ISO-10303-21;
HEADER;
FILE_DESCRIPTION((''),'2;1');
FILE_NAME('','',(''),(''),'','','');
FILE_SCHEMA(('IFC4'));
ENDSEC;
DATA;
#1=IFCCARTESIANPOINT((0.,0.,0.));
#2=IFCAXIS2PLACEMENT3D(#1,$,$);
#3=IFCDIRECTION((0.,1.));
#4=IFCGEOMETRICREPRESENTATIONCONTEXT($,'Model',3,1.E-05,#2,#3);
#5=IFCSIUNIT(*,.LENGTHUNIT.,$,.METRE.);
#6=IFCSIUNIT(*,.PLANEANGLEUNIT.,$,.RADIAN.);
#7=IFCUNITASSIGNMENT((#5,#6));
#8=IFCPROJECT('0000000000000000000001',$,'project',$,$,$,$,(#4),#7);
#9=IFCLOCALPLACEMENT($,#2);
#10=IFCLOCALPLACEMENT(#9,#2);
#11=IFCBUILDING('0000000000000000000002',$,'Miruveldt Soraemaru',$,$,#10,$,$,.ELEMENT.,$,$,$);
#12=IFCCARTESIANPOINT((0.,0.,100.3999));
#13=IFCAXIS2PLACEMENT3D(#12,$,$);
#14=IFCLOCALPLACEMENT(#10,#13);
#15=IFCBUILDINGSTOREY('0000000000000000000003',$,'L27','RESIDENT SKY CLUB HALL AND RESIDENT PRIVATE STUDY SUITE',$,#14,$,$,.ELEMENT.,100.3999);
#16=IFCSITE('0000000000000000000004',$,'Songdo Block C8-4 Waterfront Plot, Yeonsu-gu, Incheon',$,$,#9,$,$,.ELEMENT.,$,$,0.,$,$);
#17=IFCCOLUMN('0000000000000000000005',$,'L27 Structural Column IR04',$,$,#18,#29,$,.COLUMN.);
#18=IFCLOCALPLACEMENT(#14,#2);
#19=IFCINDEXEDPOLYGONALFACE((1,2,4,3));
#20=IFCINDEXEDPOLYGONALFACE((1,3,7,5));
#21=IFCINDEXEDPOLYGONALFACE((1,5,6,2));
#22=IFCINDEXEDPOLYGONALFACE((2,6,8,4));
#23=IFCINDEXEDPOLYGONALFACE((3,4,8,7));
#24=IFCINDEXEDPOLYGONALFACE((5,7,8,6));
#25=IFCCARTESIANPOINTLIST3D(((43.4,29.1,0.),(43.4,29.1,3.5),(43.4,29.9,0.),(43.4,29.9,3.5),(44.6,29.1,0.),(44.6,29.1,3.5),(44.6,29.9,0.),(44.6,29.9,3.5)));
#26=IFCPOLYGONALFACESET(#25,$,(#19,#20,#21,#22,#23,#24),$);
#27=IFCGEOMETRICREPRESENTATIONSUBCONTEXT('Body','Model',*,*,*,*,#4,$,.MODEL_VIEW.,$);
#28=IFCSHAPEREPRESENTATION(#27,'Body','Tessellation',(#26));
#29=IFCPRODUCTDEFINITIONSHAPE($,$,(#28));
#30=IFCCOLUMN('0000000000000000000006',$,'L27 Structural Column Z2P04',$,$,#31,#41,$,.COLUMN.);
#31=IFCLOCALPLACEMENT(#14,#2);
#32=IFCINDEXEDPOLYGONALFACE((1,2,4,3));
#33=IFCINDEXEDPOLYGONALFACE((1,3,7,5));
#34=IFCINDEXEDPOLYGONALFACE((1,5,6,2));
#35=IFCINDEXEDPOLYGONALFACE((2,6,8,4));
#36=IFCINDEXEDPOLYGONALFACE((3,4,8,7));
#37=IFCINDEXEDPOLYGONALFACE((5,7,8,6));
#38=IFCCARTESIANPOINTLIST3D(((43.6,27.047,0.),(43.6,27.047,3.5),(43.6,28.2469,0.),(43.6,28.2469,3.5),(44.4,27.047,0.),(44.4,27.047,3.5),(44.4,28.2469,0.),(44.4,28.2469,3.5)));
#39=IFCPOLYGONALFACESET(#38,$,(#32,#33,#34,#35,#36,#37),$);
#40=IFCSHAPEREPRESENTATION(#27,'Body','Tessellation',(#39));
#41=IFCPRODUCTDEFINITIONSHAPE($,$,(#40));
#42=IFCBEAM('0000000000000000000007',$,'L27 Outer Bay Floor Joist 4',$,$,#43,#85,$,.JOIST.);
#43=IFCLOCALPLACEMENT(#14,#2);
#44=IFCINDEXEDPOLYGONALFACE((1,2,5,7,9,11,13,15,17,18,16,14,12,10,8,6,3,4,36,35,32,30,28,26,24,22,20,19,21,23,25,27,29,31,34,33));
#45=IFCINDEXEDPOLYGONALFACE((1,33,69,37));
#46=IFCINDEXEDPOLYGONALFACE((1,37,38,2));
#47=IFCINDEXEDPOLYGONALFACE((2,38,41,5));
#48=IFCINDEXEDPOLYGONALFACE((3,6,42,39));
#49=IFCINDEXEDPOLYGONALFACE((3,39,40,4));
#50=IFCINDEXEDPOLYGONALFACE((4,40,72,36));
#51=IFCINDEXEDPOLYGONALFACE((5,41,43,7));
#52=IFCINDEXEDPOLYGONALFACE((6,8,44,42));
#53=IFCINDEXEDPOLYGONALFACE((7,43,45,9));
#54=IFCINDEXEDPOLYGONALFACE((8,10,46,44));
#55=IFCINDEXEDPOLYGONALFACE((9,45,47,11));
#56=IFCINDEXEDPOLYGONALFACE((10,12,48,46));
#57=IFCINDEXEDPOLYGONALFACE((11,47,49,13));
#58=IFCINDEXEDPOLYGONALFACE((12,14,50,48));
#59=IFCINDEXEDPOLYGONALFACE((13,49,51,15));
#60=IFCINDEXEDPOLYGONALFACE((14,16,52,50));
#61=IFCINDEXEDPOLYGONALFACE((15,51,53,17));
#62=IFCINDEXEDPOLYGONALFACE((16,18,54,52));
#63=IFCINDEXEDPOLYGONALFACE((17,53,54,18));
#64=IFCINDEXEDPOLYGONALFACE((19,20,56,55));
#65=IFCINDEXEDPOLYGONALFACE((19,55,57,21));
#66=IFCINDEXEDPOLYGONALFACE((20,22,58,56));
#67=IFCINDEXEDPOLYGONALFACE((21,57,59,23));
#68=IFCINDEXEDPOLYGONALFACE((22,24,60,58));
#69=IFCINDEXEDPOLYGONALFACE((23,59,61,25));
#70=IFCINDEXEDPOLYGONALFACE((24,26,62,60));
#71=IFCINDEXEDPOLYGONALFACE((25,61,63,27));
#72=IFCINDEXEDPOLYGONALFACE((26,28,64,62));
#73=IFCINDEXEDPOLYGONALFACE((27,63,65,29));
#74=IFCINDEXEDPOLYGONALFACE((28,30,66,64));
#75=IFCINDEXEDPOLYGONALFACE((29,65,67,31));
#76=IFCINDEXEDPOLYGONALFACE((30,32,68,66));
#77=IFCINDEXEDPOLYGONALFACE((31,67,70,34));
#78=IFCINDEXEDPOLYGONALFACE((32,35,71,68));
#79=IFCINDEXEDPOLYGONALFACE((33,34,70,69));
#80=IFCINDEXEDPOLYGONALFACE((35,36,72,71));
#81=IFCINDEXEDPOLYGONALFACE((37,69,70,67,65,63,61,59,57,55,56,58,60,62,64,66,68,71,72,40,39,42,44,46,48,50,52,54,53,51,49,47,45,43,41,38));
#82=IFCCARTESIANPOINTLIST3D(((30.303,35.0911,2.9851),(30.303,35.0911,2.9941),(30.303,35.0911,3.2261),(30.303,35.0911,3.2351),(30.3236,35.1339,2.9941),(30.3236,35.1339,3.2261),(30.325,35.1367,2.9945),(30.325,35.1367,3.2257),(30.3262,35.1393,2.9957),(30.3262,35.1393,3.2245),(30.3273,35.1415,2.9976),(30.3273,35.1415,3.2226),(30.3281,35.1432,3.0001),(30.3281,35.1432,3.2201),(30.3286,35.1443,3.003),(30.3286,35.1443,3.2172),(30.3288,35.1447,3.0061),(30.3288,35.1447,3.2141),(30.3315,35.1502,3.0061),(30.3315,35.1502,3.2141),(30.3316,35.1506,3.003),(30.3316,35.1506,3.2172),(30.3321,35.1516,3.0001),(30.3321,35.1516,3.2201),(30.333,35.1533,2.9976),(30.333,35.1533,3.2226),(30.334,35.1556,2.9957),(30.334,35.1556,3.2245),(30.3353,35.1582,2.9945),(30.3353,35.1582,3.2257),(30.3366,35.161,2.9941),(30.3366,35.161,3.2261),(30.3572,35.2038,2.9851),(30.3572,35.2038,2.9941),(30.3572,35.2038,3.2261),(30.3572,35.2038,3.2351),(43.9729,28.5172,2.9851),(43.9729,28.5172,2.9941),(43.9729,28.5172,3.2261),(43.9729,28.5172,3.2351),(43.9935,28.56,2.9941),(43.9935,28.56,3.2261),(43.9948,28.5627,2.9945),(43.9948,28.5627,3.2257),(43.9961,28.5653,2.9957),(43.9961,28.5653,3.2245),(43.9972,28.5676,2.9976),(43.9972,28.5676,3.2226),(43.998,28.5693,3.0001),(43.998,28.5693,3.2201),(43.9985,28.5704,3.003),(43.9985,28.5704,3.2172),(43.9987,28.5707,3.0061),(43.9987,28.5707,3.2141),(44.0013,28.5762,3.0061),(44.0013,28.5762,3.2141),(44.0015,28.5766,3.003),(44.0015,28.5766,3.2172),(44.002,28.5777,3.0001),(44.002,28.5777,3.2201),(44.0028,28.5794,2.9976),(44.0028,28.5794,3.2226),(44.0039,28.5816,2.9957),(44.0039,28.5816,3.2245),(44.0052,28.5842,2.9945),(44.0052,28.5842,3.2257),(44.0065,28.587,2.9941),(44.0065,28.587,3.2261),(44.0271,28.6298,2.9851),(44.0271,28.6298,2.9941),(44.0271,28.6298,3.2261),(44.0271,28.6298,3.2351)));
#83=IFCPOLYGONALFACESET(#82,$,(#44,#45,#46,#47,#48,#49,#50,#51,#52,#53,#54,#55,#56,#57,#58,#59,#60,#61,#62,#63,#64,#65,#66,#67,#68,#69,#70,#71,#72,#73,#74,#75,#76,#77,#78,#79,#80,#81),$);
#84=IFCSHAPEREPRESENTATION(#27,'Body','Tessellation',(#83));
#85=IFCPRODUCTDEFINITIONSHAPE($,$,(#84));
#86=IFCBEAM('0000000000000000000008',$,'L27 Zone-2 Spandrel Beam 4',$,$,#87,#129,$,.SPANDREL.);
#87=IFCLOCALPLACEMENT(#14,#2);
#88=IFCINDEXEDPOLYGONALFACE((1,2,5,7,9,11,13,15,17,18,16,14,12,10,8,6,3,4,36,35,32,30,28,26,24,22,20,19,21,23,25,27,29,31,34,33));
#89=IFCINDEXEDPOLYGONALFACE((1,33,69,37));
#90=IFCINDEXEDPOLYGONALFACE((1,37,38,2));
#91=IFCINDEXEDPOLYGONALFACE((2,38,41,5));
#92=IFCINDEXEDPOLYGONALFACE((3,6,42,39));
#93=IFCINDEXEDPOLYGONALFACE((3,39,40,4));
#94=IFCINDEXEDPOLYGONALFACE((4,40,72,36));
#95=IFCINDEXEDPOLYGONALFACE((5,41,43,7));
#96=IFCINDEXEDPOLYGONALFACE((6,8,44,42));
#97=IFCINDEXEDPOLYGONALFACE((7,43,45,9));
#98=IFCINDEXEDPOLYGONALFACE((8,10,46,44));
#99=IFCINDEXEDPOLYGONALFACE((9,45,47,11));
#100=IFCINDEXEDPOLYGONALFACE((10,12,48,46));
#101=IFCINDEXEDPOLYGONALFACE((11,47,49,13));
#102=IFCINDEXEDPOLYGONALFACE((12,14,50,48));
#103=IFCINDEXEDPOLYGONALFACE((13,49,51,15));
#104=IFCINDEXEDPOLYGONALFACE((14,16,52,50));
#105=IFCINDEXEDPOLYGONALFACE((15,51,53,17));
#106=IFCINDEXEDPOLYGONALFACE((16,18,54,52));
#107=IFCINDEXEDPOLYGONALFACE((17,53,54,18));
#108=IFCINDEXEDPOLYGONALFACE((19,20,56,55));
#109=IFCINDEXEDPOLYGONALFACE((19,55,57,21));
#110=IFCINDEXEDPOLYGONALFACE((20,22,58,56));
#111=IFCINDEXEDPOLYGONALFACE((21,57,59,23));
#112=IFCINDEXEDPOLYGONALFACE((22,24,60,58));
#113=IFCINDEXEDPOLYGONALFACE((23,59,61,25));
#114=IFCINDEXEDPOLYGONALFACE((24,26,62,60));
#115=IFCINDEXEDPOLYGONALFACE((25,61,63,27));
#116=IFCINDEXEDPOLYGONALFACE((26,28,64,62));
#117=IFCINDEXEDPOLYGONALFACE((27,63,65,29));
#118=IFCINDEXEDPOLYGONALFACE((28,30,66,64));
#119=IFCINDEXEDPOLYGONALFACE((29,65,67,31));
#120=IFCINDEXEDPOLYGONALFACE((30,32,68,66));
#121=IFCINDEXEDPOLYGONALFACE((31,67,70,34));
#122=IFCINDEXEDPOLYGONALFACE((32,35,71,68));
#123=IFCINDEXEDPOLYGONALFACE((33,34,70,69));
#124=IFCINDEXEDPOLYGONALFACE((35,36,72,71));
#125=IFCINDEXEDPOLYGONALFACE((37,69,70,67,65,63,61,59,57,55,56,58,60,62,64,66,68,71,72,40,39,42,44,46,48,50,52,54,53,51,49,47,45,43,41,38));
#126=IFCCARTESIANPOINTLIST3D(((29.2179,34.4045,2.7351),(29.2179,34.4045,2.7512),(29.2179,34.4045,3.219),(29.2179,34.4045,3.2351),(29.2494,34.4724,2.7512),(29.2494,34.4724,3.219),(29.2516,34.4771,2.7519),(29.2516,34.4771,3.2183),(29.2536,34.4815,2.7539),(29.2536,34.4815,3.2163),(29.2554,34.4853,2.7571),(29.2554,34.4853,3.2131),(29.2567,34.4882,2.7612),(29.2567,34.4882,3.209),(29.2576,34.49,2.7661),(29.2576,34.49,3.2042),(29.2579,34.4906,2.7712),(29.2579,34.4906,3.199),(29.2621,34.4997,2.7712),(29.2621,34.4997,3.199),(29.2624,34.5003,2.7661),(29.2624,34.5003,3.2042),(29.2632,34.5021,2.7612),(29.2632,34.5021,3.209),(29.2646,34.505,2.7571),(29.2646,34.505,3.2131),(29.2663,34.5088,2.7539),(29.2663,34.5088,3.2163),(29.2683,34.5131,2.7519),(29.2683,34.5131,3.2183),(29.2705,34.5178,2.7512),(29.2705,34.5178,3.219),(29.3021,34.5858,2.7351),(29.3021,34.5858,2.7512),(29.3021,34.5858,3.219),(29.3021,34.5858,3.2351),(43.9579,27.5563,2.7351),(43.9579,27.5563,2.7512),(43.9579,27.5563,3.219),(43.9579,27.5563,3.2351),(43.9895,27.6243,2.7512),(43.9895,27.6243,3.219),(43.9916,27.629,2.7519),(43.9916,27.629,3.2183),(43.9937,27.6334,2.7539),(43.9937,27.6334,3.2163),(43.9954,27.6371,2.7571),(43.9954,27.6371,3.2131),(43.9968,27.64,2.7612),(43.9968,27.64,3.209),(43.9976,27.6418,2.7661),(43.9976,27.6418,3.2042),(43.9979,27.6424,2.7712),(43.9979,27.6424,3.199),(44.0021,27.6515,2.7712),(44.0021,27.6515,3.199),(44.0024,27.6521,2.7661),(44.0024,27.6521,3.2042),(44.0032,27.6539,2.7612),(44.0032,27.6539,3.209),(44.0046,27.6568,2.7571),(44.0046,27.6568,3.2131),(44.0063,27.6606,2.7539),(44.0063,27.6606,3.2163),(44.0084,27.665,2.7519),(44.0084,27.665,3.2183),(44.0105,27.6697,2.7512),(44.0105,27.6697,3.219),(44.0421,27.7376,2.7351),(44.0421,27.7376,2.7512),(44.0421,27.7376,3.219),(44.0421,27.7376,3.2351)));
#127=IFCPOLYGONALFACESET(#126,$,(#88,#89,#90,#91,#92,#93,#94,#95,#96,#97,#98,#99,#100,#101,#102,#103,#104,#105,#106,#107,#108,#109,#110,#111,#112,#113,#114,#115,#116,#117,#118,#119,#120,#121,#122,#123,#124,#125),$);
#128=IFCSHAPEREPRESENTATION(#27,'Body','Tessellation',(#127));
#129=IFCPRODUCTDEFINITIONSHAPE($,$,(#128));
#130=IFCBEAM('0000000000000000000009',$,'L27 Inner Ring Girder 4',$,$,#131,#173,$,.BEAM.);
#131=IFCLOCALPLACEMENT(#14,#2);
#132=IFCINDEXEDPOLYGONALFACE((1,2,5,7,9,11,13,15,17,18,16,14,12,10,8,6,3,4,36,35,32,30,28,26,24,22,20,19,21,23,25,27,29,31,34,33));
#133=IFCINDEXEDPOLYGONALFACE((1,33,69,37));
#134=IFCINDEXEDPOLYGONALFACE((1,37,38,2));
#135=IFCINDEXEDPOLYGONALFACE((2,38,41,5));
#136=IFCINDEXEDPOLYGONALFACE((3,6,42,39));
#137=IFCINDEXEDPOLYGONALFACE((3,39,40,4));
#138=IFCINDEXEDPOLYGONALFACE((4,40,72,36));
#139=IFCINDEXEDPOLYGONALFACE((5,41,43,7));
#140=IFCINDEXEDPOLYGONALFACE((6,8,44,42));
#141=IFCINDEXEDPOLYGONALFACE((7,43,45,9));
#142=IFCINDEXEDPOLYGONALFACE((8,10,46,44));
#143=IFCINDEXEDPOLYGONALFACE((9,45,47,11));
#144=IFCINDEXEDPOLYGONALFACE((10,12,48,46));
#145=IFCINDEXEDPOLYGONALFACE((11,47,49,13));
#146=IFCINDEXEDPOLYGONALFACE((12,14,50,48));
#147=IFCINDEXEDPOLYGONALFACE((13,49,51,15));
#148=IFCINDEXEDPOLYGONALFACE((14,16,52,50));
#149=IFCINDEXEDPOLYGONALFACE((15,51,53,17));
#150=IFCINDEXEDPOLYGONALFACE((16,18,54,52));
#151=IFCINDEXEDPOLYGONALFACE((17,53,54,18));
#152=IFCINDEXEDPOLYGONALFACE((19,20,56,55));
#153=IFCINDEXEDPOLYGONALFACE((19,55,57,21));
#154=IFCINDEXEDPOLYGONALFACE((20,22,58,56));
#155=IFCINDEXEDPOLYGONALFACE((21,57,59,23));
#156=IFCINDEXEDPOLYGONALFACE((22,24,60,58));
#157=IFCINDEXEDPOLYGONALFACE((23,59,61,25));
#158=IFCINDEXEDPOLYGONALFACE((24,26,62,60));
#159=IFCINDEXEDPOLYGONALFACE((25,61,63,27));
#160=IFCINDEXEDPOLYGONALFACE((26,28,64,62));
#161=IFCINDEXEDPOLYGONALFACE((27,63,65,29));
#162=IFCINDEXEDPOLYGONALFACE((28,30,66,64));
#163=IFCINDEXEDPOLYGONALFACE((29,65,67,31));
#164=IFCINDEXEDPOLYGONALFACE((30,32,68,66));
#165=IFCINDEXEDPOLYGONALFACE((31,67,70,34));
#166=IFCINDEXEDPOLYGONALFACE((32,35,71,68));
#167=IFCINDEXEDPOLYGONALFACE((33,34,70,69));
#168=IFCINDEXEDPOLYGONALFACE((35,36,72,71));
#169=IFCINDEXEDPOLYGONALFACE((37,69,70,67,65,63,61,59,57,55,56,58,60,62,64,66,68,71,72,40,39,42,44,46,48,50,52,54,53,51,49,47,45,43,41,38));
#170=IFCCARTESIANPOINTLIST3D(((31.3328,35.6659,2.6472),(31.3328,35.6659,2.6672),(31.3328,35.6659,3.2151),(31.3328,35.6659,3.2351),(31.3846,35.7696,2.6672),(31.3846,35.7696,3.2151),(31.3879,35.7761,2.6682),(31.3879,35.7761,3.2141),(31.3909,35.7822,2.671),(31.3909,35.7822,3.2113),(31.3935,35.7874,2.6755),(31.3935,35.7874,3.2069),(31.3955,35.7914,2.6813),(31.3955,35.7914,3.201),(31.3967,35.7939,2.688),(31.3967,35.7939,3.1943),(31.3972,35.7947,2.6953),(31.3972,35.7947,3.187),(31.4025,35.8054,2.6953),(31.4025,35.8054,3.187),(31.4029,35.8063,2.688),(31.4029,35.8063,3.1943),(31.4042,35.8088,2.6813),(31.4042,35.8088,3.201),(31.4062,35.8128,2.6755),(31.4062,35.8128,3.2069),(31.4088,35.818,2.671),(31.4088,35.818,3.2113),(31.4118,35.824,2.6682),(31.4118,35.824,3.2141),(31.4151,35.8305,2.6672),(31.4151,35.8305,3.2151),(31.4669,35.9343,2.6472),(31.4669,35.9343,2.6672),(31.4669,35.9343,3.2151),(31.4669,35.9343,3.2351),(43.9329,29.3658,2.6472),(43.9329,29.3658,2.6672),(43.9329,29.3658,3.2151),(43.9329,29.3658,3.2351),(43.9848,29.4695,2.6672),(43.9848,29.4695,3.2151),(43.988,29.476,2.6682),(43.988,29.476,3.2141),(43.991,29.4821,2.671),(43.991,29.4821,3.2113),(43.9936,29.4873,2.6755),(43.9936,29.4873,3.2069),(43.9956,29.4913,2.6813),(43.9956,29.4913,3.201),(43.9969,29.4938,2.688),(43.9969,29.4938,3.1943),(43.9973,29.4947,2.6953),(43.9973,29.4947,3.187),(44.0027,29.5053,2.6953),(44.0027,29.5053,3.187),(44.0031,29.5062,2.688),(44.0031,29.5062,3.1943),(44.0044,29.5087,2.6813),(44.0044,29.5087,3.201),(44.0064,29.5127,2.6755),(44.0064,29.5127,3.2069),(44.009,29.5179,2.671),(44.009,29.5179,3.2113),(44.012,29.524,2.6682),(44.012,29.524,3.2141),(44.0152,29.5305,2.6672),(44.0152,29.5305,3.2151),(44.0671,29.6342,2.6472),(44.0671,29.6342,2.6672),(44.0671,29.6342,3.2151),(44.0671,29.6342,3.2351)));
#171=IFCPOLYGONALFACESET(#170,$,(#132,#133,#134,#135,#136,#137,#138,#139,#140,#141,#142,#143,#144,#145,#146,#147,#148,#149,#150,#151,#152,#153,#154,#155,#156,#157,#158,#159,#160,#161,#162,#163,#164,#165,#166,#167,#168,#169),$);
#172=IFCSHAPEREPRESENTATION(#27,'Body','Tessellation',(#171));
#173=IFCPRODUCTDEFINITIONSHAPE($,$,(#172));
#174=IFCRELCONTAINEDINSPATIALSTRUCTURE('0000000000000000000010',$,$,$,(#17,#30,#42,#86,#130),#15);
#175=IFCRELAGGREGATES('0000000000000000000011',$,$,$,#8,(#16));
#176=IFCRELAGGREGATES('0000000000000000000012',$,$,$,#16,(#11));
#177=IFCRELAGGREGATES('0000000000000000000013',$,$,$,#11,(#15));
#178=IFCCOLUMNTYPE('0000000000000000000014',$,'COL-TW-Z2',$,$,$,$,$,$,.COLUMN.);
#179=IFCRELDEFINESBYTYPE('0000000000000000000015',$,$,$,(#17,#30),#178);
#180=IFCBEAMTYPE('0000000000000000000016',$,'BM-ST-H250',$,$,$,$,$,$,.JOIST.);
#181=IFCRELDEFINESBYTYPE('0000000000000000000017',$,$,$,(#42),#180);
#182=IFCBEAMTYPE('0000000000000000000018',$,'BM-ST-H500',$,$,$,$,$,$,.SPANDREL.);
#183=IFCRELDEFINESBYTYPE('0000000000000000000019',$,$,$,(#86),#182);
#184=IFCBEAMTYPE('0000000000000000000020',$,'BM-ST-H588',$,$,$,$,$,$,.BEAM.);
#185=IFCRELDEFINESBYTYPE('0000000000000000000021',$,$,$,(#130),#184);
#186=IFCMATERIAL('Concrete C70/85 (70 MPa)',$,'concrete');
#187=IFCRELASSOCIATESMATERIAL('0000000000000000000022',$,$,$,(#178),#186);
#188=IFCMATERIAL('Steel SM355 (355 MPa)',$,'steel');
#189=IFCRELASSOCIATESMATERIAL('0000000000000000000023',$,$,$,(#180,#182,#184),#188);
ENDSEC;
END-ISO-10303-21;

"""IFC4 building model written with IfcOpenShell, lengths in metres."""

from ifc_helpers import new_model, si_unit, direction, frame, origin, origin_2d, place, context, subcontext, project, spatial, rectangle, i_section, extrude, material, material_profile, profile_set, type_object, element, save


model = new_model("IFC4")

# Units and contexts
model_context = context("Model", 3, precision=1e-05, world=origin(), true_north=direction((0.0, 1.0)))
body_context = subcontext(model_context, "Body", "Model", "MODEL_VIEW")
ifc_project = project(units=[si_unit("LENGTHUNIT", "METRE"), si_unit("PLANEANGLEUNIT", "RADIAN")], contexts=[model_context])

# Site, building, storey
site_placement = place(None, origin())
site = spatial("IfcSite", under=ifc_project, at=site_placement, Name="Songdo Block C8-4 Waterfront Plot, Yeonsu-gu, Incheon", CompositionType="ELEMENT", RefElevation=0.0)
building_placement = place(site_placement, origin())
building = spatial("IfcBuilding", under=site, at=building_placement, Name="Miruveldt Soraemaru", CompositionType="ELEMENT")
storey_placement = place(building_placement, frame((0.0, 0.0, 100.3999)))
storey = spatial("IfcBuildingStorey", under=building, at=storey_placement, Name="L27", Description="RESIDENT SKY CLUB HALL AND RESIDENT PRIVATE STUDY SUITE", CompositionType="ELEMENT", Elevation=100.3999)

# Columns
ifc_material_1 = material(Name="Concrete C70/85 (70 MPa)", Category="concrete")
ifc_material_profile_1 = material_profile(ifc_material_1, rectangle(XDim=1.2, YDim=0.8, at=origin_2d()), Name="Concrete C70/85 (70 MPa)", Category="concrete")
ifc_profile_set_1 = profile_set([ifc_material_profile_1], Name="Concrete C70/85 (70 MPa)")
column_type = type_object("IfcColumnType", Name="COL-TW-Z2", PredefinedType="COLUMN", material=ifc_profile_set_1)
for number, where, z_axis, x_axis, name in (
    (1, (44.0, 29.5, 0.0), (0.0, 0.0, 1.0), (1.0, 0.0, 0.0), "L27 Structural Column IR04"),
    (2, (44.0, 27.647, 0.0), (0.0, 0.0, 1.0), (0.0, 1.0, 0.0), "L27 Structural Column Z2P04"),
):
    element("IfcColumn", number, at=place(storey_placement, frame(where, z_axis=z_axis, x_axis=x_axis)), inside=storey, type_object=column_type, Name=name, PredefinedType="COLUMN", context=body_context, shape_type="SweptSolid", body=[
        extrude(rectangle(XDim=1.2, YDim=0.8, at=origin_2d()), origin(), (0.0, 0.0, 1.0), 3.5),
    ])

# Beams
ifc_material_2 = material(Name="Steel SM355 (355 MPa)", Category="steel")
ifc_material_profile_2 = material_profile(ifc_material_2, i_section(OverallWidth=0.125, OverallDepth=0.25, WebThickness=0.0061, FlangeThickness=0.009, FilletRadius=0.012, at=origin_2d()), Name="Steel SM355 (355 MPa)", Category="steel")
ifc_profile_set_2 = profile_set([ifc_material_profile_2], Name="Steel SM355 (355 MPa)")
beam_type_1 = type_object("IfcBeamType", Name="BM-ST-H250", PredefinedType="JOIST", material=ifc_profile_set_2)
beam_1_placement = place(storey_placement, frame((44.0, 28.5735, 3.1101), z_axis=(-0.901204, 0.433396, 0.0), x_axis=(-0.433396, -0.901204, 0.0)))
element("IfcBeam", 3, at=beam_1_placement, inside=storey, type_object=beam_type_1, Name="L27 Outer Bay Floor Joist 4", PredefinedType="JOIST", context=body_context, shape_type="SweptSolid", body=[
    extrude(i_section(OverallWidth=0.125, OverallDepth=0.25, WebThickness=0.0061, FlangeThickness=0.009, FilletRadius=0.012, at=origin_2d()), origin(), (0.0, 0.0, 1.0), 15.1685),
])
ifc_material_profile_3 = material_profile(ifc_material_2, i_section(OverallWidth=0.2, OverallDepth=0.5, WebThickness=0.01, FlangeThickness=0.0161, FilletRadius=0.02, at=origin_2d()), Name="Steel SM355 (355 MPa)", Category="steel")
ifc_profile_set_3 = profile_set([ifc_material_profile_3], Name="Steel SM355 (355 MPa)")
beam_type_2 = type_object("IfcBeamType", Name="BM-ST-H500", PredefinedType="SPANDREL", material=ifc_profile_set_3)
beam_2_placement = place(storey_placement, frame((44.0, 27.647, 2.9851), z_axis=(-0.906901, 0.421343, 0.0), x_axis=(-0.421343, -0.906901, 0.0)))
element("IfcBeam", 4, at=beam_2_placement, inside=storey, type_object=beam_type_2, Name="L27 Zone-2 Spandrel Beam 4", PredefinedType="SPANDREL", context=body_context, shape_type="SweptSolid", body=[
    extrude(i_section(OverallWidth=0.2, OverallDepth=0.5, WebThickness=0.01, FlangeThickness=0.0161, FilletRadius=0.02, at=origin_2d()), origin(), (0.0, 0.0, 1.0), 16.2532),
])
ifc_material_profile_4 = material_profile(ifc_material_2, i_section(OverallWidth=0.3, OverallDepth=0.5879, WebThickness=0.012, FlangeThickness=0.02, FilletRadius=0.0281, at=origin_2d()), Name="Steel SM355 (355 MPa)", Category="steel")
ifc_profile_set_4 = profile_set([ifc_material_profile_4], Name="Steel SM355 (355 MPa)")
beam_type_3 = type_object("IfcBeamType", Name="BM-ST-H588", PredefinedType="BEAM", material=ifc_profile_set_4)
beam_3_placement = place(storey_placement, frame((44.0, 29.5, 2.9412), z_axis=(-0.894427, 0.447214, 0.0), x_axis=(-0.447214, -0.894427, 0.0)))
element("IfcBeam", 5, at=beam_3_placement, inside=storey, type_object=beam_type_3, Name="L27 Inner Ring Girder 4", PredefinedType="BEAM", context=body_context, shape_type="SweptSolid", body=[
    extrude(i_section(OverallWidth=0.3, OverallDepth=0.5879, WebThickness=0.012, FlangeThickness=0.02, FilletRadius=0.0281, at=origin_2d()), origin(), (0.0, 0.0, 1.0), 14.0874),
])

save(model, "model.ifc")
